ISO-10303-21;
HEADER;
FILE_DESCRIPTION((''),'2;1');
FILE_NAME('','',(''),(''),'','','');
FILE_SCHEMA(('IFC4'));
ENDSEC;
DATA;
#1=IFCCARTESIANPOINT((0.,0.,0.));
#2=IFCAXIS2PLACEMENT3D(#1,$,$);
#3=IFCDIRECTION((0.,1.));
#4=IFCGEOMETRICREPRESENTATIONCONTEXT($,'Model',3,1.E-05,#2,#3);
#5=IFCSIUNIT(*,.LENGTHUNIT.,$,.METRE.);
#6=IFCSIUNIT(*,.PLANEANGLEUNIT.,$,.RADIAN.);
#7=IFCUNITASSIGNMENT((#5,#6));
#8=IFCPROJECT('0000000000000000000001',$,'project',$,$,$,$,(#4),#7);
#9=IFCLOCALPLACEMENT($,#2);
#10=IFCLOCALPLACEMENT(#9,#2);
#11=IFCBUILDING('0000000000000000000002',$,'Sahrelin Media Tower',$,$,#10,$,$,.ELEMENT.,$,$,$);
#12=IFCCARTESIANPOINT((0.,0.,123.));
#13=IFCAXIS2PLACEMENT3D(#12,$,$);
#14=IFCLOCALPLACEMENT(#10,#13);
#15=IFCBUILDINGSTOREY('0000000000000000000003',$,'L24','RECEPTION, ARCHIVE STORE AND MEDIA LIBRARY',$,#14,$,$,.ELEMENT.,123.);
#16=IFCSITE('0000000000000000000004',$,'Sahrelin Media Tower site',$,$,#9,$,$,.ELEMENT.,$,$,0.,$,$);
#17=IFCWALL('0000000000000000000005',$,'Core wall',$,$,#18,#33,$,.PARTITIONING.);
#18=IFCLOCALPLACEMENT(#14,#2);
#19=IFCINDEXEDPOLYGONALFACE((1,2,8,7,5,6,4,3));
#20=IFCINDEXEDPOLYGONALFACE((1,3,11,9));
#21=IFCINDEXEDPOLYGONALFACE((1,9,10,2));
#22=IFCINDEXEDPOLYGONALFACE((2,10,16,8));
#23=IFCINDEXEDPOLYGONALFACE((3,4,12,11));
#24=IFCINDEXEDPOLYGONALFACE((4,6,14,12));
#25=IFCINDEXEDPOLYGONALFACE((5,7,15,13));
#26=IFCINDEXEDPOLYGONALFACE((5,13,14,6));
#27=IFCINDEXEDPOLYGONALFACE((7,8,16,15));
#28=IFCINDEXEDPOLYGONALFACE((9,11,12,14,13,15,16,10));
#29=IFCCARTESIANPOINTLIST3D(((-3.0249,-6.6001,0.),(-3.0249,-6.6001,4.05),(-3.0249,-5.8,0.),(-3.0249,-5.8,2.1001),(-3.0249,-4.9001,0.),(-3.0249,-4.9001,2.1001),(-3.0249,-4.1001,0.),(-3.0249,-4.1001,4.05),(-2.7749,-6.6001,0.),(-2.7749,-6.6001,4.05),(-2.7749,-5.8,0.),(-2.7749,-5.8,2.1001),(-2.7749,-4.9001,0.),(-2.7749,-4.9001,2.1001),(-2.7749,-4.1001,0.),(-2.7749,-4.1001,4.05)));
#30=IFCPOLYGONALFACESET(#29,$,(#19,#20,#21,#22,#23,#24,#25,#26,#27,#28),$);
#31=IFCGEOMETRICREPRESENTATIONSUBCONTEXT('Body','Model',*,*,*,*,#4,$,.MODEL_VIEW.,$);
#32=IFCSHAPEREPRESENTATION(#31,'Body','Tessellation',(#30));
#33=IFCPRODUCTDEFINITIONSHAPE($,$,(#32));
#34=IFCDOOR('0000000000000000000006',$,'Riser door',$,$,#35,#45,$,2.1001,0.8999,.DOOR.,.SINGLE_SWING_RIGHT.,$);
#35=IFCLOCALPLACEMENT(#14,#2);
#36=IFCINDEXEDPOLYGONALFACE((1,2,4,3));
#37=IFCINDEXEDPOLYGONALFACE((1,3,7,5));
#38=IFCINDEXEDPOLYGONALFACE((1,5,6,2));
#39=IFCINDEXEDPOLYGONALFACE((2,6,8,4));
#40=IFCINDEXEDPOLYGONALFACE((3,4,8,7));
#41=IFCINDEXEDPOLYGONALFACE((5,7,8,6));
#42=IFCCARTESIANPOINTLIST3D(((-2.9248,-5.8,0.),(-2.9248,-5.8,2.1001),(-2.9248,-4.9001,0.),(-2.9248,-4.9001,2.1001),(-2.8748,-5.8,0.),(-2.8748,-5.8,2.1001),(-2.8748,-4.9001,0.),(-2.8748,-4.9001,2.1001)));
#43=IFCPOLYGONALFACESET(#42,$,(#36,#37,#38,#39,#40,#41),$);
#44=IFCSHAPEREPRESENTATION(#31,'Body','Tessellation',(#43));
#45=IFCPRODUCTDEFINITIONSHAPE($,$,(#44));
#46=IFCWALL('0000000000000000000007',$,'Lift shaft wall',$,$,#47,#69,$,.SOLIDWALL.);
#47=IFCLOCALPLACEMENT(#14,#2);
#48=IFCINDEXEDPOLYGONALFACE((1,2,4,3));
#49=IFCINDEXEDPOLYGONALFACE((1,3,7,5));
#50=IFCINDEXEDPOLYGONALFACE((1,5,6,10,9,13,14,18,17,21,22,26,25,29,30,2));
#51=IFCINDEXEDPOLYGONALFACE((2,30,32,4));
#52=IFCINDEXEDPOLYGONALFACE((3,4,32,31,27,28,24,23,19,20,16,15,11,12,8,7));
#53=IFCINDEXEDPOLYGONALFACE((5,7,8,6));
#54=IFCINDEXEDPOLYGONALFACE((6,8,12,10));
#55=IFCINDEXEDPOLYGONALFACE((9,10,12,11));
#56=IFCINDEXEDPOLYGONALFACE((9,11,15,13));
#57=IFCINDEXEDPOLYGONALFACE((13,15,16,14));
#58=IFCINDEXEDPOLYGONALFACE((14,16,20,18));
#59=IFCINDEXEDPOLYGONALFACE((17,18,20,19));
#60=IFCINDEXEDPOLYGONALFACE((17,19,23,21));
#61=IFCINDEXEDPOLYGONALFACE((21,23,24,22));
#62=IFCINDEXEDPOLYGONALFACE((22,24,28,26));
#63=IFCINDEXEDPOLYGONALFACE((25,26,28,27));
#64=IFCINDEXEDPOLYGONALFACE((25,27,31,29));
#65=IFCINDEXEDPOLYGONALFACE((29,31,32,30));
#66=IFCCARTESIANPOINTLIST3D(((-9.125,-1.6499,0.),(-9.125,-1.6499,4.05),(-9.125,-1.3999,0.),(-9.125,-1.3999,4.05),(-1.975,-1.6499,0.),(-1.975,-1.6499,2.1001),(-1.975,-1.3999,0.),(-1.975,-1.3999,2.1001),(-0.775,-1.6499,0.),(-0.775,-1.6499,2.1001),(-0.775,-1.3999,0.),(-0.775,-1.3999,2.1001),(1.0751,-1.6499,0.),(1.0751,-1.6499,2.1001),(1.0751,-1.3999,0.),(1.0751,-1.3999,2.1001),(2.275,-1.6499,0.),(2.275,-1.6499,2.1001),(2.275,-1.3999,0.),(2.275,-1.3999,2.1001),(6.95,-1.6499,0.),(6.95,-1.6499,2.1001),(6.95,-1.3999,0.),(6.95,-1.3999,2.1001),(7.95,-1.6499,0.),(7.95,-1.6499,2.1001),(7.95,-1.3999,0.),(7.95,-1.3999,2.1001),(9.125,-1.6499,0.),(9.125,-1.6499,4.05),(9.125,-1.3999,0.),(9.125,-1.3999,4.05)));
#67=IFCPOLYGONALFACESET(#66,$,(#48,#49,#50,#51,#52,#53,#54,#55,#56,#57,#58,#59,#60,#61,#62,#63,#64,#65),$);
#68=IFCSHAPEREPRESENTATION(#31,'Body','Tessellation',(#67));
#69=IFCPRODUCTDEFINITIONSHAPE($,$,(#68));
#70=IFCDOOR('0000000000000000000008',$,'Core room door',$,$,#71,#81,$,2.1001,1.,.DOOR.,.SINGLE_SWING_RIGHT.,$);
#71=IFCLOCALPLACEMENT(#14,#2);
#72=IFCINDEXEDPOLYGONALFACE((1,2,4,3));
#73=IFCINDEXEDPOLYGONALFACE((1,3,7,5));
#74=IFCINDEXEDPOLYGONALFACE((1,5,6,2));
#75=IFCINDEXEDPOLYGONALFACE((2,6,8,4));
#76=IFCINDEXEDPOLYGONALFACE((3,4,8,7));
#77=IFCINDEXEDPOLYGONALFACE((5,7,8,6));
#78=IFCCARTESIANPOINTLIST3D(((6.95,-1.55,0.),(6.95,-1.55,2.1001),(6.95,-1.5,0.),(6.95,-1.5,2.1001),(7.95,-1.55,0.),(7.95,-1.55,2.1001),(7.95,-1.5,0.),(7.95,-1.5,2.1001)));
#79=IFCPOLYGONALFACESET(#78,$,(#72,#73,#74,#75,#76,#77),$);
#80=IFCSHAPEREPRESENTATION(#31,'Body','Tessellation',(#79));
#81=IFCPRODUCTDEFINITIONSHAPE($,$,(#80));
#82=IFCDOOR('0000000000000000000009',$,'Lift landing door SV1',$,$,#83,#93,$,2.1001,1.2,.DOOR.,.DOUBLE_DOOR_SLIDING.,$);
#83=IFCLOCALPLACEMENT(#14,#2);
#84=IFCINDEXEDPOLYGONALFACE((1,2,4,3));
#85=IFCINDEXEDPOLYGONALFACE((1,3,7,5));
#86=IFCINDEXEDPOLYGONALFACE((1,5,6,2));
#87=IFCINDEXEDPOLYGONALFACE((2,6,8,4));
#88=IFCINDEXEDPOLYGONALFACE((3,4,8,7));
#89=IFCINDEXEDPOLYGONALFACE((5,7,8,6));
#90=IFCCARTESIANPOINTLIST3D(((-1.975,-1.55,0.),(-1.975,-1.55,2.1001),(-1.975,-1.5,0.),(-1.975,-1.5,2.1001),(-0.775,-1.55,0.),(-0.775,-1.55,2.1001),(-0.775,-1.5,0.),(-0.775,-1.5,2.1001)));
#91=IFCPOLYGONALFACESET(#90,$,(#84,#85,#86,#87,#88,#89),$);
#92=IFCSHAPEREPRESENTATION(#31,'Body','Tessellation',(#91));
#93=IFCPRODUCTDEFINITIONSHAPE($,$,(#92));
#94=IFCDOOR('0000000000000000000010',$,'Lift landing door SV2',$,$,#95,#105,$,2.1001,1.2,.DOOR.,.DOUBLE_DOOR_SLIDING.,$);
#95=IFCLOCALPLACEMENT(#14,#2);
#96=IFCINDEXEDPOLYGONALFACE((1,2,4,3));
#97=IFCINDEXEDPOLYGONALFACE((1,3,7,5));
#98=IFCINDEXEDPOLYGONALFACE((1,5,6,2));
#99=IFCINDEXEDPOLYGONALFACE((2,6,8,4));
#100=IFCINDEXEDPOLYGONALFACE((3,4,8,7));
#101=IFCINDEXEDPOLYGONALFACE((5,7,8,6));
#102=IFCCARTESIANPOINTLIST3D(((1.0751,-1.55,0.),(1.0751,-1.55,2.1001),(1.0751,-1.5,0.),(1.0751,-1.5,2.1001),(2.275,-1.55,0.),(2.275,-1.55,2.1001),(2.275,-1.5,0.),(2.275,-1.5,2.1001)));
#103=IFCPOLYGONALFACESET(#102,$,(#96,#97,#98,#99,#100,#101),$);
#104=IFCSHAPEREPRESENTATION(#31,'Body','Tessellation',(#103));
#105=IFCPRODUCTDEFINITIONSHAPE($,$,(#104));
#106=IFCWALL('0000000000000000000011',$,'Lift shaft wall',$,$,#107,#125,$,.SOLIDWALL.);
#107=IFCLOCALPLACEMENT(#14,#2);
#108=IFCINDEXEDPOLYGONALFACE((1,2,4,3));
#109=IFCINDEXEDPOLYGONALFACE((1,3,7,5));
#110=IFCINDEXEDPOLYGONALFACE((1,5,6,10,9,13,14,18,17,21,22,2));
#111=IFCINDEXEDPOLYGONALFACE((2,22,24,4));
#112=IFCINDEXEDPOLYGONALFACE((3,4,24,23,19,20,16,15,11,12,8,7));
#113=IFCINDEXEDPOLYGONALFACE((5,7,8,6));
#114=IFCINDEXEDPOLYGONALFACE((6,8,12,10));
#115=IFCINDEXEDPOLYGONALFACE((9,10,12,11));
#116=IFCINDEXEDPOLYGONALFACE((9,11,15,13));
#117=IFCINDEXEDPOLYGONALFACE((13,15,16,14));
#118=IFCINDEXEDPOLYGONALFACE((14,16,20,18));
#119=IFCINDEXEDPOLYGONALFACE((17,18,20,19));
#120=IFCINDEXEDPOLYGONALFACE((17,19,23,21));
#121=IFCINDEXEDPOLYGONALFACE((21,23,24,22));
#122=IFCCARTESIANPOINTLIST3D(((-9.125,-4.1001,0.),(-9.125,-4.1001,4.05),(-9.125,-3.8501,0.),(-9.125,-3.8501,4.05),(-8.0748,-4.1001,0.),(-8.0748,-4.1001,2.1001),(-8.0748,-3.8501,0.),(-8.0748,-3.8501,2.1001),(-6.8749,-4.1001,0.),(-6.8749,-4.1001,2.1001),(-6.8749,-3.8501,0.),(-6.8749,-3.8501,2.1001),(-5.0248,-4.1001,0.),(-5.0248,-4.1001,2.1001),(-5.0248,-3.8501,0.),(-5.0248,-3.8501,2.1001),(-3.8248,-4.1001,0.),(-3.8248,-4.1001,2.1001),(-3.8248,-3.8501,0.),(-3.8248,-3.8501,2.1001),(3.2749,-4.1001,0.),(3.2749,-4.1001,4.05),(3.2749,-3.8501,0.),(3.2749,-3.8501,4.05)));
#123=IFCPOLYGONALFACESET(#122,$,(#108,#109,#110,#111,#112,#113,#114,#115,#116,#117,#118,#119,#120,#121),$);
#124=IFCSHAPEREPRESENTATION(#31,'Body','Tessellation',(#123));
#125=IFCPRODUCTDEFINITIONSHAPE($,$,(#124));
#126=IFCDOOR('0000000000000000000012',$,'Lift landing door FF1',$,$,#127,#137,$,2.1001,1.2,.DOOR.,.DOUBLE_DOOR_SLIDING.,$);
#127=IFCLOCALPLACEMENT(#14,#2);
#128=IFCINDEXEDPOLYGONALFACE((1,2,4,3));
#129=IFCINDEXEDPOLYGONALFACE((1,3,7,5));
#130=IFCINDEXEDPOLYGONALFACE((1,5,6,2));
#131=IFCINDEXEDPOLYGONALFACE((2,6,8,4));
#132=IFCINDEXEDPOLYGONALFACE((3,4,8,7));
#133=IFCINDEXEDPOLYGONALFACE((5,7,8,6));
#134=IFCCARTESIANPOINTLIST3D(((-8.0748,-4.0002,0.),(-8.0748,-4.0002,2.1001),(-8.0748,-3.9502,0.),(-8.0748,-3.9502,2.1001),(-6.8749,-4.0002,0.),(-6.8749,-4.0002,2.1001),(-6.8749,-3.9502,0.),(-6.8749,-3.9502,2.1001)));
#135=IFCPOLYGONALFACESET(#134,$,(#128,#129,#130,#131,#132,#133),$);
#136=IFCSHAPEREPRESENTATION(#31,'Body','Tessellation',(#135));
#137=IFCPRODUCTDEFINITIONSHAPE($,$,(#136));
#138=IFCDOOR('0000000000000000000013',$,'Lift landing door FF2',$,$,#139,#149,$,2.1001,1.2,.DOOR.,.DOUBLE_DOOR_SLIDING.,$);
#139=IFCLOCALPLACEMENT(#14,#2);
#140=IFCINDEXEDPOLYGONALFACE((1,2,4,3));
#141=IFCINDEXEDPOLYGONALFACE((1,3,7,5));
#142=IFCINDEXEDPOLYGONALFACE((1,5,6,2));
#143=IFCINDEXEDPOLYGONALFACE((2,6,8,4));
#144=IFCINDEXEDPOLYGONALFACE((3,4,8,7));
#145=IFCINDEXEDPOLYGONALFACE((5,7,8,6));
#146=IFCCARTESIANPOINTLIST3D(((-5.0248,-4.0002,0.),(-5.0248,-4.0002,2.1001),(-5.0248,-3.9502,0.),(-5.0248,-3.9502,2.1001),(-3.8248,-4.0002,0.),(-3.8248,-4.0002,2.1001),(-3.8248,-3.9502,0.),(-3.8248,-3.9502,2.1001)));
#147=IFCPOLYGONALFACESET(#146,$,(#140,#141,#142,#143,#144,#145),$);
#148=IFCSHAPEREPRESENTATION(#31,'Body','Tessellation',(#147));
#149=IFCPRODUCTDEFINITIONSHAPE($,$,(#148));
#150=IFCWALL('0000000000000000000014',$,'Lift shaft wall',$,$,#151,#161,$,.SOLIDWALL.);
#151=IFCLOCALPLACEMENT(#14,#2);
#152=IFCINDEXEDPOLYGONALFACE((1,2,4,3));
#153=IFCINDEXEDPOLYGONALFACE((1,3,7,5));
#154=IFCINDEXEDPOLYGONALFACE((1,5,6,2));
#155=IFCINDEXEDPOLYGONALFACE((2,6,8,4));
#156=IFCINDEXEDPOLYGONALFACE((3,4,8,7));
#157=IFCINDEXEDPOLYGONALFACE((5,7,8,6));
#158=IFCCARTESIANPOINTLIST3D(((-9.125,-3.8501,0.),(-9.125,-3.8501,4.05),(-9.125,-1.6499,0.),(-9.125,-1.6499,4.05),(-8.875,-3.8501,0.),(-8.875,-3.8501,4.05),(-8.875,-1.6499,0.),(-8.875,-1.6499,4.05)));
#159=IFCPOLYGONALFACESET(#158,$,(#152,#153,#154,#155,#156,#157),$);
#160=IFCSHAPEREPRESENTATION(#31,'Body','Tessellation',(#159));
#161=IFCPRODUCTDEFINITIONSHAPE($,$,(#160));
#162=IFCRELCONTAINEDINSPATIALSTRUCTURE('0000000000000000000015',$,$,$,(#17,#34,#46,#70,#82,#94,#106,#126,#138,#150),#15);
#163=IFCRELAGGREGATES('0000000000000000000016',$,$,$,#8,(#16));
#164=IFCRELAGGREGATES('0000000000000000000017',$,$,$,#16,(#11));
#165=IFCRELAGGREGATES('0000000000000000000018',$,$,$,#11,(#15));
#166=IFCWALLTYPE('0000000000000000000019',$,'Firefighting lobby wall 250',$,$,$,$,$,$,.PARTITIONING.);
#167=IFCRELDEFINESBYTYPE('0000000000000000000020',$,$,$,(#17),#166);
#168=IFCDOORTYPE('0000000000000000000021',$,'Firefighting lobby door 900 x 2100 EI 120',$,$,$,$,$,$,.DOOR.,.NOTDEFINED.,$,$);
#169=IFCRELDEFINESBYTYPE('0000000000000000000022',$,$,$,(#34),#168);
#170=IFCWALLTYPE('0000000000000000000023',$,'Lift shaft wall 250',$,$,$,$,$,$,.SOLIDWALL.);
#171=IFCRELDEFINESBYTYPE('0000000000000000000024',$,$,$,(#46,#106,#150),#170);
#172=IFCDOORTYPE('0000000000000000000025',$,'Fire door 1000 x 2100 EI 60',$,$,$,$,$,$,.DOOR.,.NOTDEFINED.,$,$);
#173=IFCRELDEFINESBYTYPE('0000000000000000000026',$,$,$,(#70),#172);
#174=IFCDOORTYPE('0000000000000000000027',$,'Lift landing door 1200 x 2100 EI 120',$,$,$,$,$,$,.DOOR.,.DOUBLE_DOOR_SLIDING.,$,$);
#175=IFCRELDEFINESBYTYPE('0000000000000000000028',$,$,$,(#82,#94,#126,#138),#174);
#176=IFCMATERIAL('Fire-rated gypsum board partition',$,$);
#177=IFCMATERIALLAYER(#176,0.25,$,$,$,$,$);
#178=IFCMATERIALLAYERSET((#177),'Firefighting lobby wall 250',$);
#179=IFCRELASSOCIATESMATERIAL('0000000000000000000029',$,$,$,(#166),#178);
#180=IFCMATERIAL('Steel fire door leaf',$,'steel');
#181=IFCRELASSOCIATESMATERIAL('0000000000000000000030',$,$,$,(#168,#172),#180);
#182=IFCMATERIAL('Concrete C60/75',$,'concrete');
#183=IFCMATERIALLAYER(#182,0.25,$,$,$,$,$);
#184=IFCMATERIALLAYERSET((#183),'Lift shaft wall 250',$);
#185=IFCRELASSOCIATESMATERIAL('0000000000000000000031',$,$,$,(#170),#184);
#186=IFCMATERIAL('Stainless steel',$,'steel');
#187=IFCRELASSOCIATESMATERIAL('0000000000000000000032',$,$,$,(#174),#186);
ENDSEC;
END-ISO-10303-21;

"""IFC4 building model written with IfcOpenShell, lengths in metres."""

from ifc_helpers import new_model, si_unit, direction, frame, frame_2d, origin, place, context, subcontext, project, spatial, rectangle, extrude, material, layer, layer_set, type_object, element, fill, save


model = new_model("IFC4")

# Units and contexts
model_context = context("Model", 3, precision=1e-05, world=origin(), true_north=direction((0.0, 1.0)))
body_context = subcontext(model_context, "Body", "Model", "MODEL_VIEW")
ifc_project = project(units=[si_unit("LENGTHUNIT", "METRE"), si_unit("PLANEANGLEUNIT", "RADIAN")], contexts=[model_context])

# Site, building, storey
site_placement = place(None, origin())
site = spatial("IfcSite", under=ifc_project, at=site_placement, Name="Sahrelin Media Tower site", CompositionType="ELEMENT", RefElevation=0.0)
building_placement = place(site_placement, origin())
building = spatial("IfcBuilding", under=site, at=building_placement, Name="Sahrelin Media Tower", CompositionType="ELEMENT")
storey_placement = place(building_placement, frame((0.0, 0.0, 123.0)))
storey = spatial("IfcBuildingStorey", under=building, at=storey_placement, Name="L24", Description="RECEPTION, ARCHIVE STORE AND MEDIA LIBRARY", CompositionType="ELEMENT", Elevation=123.0)

# Shared definitions
ifc_material_1 = material(Name="Concrete C60/75", Category="concrete")

# Wall, opening, door
ifc_material_2 = material(Name="Fire-rated gypsum board partition")
ifc_layer_1 = layer(ifc_material_2, 0.25)
ifc_layer_set_1 = layer_set([ifc_layer_1], Name="Firefighting lobby wall 250")
wall_type_1 = type_object("IfcWallType", Name="Firefighting lobby wall 250", PredefinedType="PARTITIONING", material=ifc_layer_set_1)
ifc_material_3 = material(Name="Steel fire door leaf", Category="steel")
wall_1_placement = place(storey_placement, frame((-2.8999, -6.6001, 0.0), z_axis=(0.0, 0.0, 1.0), x_axis=(0.0, 1.0, 0.0)))
wall_1 = element("IfcWall", 1, at=wall_1_placement, inside=storey, type_object=wall_type_1, Name="Core wall", PredefinedType="PARTITIONING", context=body_context, shape_type="SweptSolid", body=[
    extrude(rectangle(XDim=2.5, YDim=0.25, at=frame_2d((1.25, 0.0))), origin(), (0.0, 0.0, 1.0), 4.05),
])
opening_1_placement = place(wall_1_placement, frame((0.8, 0.0, 0.0)))
opening_1 = element("IfcOpeningElement", 2, at=opening_1_placement, cuts=wall_1, PredefinedType="OPENING", context=body_context, shape_type="SweptSolid", body=[
    extrude(rectangle(XDim=0.8999, YDim=2.1001, at=frame_2d((0.45, 1.05))), frame((0.0, 0.125, 0.0), z_axis=(0.0, -1.0, 0.0), x_axis=(1.0, 0.0, 0.0)), (0.0, 0.0, 1.0), 0.25),
])
door_type_1 = type_object("IfcDoorType", Name="Firefighting lobby door 900 x 2100 EI 120", OperationType="NOTDEFINED", PredefinedType="DOOR", material=ifc_material_3)
door_1_placement = place(opening_1_placement, origin())
door_1 = element("IfcDoor", 3, at=door_1_placement, inside=storey, type_object=door_type_1, Name="Riser door", OperationType="SINGLE_SWING_RIGHT", OverallHeight=2.1001, OverallWidth=0.8999, PredefinedType="DOOR", context=body_context, shape_type="SweptSolid", body=[
    extrude(rectangle(XDim=0.8999, YDim=2.1001, at=frame_2d((0.45, 1.05))), frame((0.0, 0.0249, 0.0), z_axis=(0.0, -1.0, 0.0), x_axis=(1.0, 0.0, 0.0)), (0.0, 0.0, 1.0), 0.05),
])
fill(opening_1, door_1)

# Walls, openings, doors
ifc_layer_2 = layer(ifc_material_1, 0.25)
ifc_layer_set_2 = layer_set([ifc_layer_2], Name="Lift shaft wall 250")
wall_type_2 = type_object("IfcWallType", Name="Lift shaft wall 250", PredefinedType="SOLIDWALL", material=ifc_layer_set_2)
wall_2_placement = place(storey_placement, frame((-9.125, -1.5249, 0.0), z_axis=(0.0, 0.0, 1.0), x_axis=(1.0, 0.0, 0.0)))
wall_2 = element("IfcWall", 4, at=wall_2_placement, inside=storey, type_object=wall_type_2, Name="Lift shaft wall", PredefinedType="SOLIDWALL", context=body_context, shape_type="SweptSolid", body=[
    extrude(rectangle(XDim=18.25, YDim=0.25, at=frame_2d((9.125, 0.0))), origin(), (0.0, 0.0, 1.0), 4.05),
])
opening_2_placement = place(wall_2_placement, frame((7.1499, 0.0, 0.0)))
opening_2 = element("IfcOpeningElement", 5, at=opening_2_placement, cuts=wall_2, PredefinedType="OPENING", context=body_context, shape_type="SweptSolid", body=[
    extrude(rectangle(XDim=1.2, YDim=2.1001, at=frame_2d((0.6001, 1.05))), frame((0.0, 0.125, 0.0), z_axis=(0.0, -1.0, 0.0), x_axis=(1.0, 0.0, 0.0)), (0.0, 0.0, 1.0), 0.25),
])
opening_3_placement = place(wall_2_placement, frame((10.2, 0.0, 0.0)))
opening_3 = element("IfcOpeningElement", 6, at=opening_3_placement, cuts=wall_2, PredefinedType="OPENING", context=body_context, shape_type="SweptSolid", body=[
    extrude(rectangle(XDim=1.2, YDim=2.1001, at=frame_2d((0.6001, 1.05))), frame((0.0, 0.125, 0.0), z_axis=(0.0, -1.0, 0.0), x_axis=(1.0, 0.0, 0.0)), (0.0, 0.0, 1.0), 0.25),
])
opening_4_placement = place(wall_2_placement, frame((16.075, 0.0, 0.0)))
opening_4 = element("IfcOpeningElement", 7, at=opening_4_placement, cuts=wall_2, PredefinedType="OPENING", context=body_context, shape_type="SweptSolid", body=[
    extrude(rectangle(XDim=1.0, YDim=2.1001, at=frame_2d((0.5, 1.05))), frame((0.0, 0.125, 0.0), z_axis=(0.0, -1.0, 0.0), x_axis=(1.0, 0.0, 0.0)), (0.0, 0.0, 1.0), 0.25),
])
door_type_2 = type_object("IfcDoorType", Name="Fire door 1000 x 2100 EI 60", OperationType="NOTDEFINED", PredefinedType="DOOR", material=ifc_material_3)
door_2_placement = place(opening_4_placement, origin())
door_2 = element("IfcDoor", 8, at=door_2_placement, inside=storey, type_object=door_type_2, Name="Core room door", OperationType="SINGLE_SWING_RIGHT", OverallHeight=2.1001, OverallWidth=1.0, PredefinedType="DOOR", context=body_context, shape_type="SweptSolid", body=[
    extrude(rectangle(XDim=1.0, YDim=2.1001, at=frame_2d((0.5, 1.05))), frame((0.0, 0.0249, 0.0), z_axis=(0.0, -1.0, 0.0), x_axis=(1.0, 0.0, 0.0)), (0.0, 0.0, 1.0), 0.05),
])
fill(opening_4, door_2)
ifc_material_4 = material(Name="Stainless steel", Category="steel")
door_type_3 = type_object("IfcDoorType", Name="Lift landing door 1200 x 2100 EI 120", OperationType="DOUBLE_DOOR_SLIDING", PredefinedType="DOOR", material=ifc_material_4)
door_3_placement = place(opening_2_placement, origin())
door_3 = element("IfcDoor", 9, at=door_3_placement, inside=storey, type_object=door_type_3, Name="Lift landing door SV1", OperationType="DOUBLE_DOOR_SLIDING", OverallHeight=2.1001, OverallWidth=1.2, PredefinedType="DOOR", context=body_context, shape_type="SweptSolid", body=[
    extrude(rectangle(XDim=1.2, YDim=2.1001, at=frame_2d((0.6001, 1.05))), frame((0.0, 0.0249, 0.0), z_axis=(0.0, -1.0, 0.0), x_axis=(1.0, 0.0, 0.0)), (0.0, 0.0, 1.0), 0.05),
])
fill(opening_2, door_3)
door_4_placement = place(opening_3_placement, origin())
door_4 = element("IfcDoor", 10, at=door_4_placement, inside=storey, type_object=door_type_3, Name="Lift landing door SV2", OperationType="DOUBLE_DOOR_SLIDING", OverallHeight=2.1001, OverallWidth=1.2, PredefinedType="DOOR", context=body_context, shape_type="SweptSolid", body=[
    extrude(rectangle(XDim=1.2, YDim=2.1001, at=frame_2d((0.6001, 1.05))), frame((0.0, 0.0249, 0.0), z_axis=(0.0, -1.0, 0.0), x_axis=(1.0, 0.0, 0.0)), (0.0, 0.0, 1.0), 0.05),
])
fill(opening_3, door_4)
wall_3_placement = place(storey_placement, frame((-9.125, -3.9751, 0.0), z_axis=(0.0, 0.0, 1.0), x_axis=(1.0, 0.0, 0.0)))
wall_3 = element("IfcWall", 11, at=wall_3_placement, inside=storey, type_object=wall_type_2, Name="Lift shaft wall", PredefinedType="SOLIDWALL", context=body_context, shape_type="SweptSolid", body=[
    extrude(rectangle(XDim=12.3999, YDim=0.25, at=frame_2d((6.2, 0.0))), origin(), (0.0, 0.0, 1.0), 4.05),
])
opening_5_placement = place(wall_3_placement, frame((1.05, 0.0, 0.0)))
opening_5 = element("IfcOpeningElement", 12, at=opening_5_placement, cuts=wall_3, PredefinedType="OPENING", context=body_context, shape_type="SweptSolid", body=[
    extrude(rectangle(XDim=1.2, YDim=2.1001, at=frame_2d((0.6001, 1.05))), frame((0.0, 0.125, 0.0), z_axis=(0.0, -1.0, 0.0), x_axis=(1.0, 0.0, 0.0)), (0.0, 0.0, 1.0), 0.25),
])
opening_6_placement = place(wall_3_placement, frame((4.1001, 0.0, 0.0)))
opening_6 = element("IfcOpeningElement", 13, at=opening_6_placement, cuts=wall_3, PredefinedType="OPENING", context=body_context, shape_type="SweptSolid", body=[
    extrude(rectangle(XDim=1.2, YDim=2.1001, at=frame_2d((0.6001, 1.05))), frame((0.0, 0.125, 0.0), z_axis=(0.0, -1.0, 0.0), x_axis=(1.0, 0.0, 0.0)), (0.0, 0.0, 1.0), 0.25),
])
door_5_placement = place(opening_5_placement, origin())
door_5 = element("IfcDoor", 14, at=door_5_placement, inside=storey, type_object=door_type_3, Name="Lift landing door FF1", OperationType="DOUBLE_DOOR_SLIDING", OverallHeight=2.1001, OverallWidth=1.2, PredefinedType="DOOR", context=body_context, shape_type="SweptSolid", body=[
    extrude(rectangle(XDim=1.2, YDim=2.1001, at=frame_2d((0.6001, 1.05))), frame((0.0, 0.0249, 0.0), z_axis=(0.0, -1.0, 0.0), x_axis=(1.0, 0.0, 0.0)), (0.0, 0.0, 1.0), 0.05),
])
fill(opening_5, door_5)
door_6_placement = place(opening_6_placement, origin())
door_6 = element("IfcDoor", 15, at=door_6_placement, inside=storey, type_object=door_type_3, Name="Lift landing door FF2", OperationType="DOUBLE_DOOR_SLIDING", OverallHeight=2.1001, OverallWidth=1.2, PredefinedType="DOOR", context=body_context, shape_type="SweptSolid", body=[
    extrude(rectangle(XDim=1.2, YDim=2.1001, at=frame_2d((0.6001, 1.05))), frame((0.0, 0.0249, 0.0), z_axis=(0.0, -1.0, 0.0), x_axis=(1.0, 0.0, 0.0)), (0.0, 0.0, 1.0), 0.05),
])
fill(opening_6, door_6)

# Wall
for number, where, z_axis, x_axis, name in (
    (16, (-9.0, -3.8501, 0.0), (0.0, 0.0, 1.0), (0.0, 1.0, 0.0), "Lift shaft wall"),
):
    element("IfcWall", number, at=place(storey_placement, frame(where, z_axis=z_axis, x_axis=x_axis)), inside=storey, type_object=wall_type_2, Name=name, PredefinedType="SOLIDWALL", context=body_context, shape_type="SweptSolid", body=[
        extrude(rectangle(XDim=2.2002, YDim=0.25, at=frame_2d((1.1001, 0.0))), origin(), (0.0, 0.0, 1.0), 4.05),
    ])

save(model, "model.ifc")
